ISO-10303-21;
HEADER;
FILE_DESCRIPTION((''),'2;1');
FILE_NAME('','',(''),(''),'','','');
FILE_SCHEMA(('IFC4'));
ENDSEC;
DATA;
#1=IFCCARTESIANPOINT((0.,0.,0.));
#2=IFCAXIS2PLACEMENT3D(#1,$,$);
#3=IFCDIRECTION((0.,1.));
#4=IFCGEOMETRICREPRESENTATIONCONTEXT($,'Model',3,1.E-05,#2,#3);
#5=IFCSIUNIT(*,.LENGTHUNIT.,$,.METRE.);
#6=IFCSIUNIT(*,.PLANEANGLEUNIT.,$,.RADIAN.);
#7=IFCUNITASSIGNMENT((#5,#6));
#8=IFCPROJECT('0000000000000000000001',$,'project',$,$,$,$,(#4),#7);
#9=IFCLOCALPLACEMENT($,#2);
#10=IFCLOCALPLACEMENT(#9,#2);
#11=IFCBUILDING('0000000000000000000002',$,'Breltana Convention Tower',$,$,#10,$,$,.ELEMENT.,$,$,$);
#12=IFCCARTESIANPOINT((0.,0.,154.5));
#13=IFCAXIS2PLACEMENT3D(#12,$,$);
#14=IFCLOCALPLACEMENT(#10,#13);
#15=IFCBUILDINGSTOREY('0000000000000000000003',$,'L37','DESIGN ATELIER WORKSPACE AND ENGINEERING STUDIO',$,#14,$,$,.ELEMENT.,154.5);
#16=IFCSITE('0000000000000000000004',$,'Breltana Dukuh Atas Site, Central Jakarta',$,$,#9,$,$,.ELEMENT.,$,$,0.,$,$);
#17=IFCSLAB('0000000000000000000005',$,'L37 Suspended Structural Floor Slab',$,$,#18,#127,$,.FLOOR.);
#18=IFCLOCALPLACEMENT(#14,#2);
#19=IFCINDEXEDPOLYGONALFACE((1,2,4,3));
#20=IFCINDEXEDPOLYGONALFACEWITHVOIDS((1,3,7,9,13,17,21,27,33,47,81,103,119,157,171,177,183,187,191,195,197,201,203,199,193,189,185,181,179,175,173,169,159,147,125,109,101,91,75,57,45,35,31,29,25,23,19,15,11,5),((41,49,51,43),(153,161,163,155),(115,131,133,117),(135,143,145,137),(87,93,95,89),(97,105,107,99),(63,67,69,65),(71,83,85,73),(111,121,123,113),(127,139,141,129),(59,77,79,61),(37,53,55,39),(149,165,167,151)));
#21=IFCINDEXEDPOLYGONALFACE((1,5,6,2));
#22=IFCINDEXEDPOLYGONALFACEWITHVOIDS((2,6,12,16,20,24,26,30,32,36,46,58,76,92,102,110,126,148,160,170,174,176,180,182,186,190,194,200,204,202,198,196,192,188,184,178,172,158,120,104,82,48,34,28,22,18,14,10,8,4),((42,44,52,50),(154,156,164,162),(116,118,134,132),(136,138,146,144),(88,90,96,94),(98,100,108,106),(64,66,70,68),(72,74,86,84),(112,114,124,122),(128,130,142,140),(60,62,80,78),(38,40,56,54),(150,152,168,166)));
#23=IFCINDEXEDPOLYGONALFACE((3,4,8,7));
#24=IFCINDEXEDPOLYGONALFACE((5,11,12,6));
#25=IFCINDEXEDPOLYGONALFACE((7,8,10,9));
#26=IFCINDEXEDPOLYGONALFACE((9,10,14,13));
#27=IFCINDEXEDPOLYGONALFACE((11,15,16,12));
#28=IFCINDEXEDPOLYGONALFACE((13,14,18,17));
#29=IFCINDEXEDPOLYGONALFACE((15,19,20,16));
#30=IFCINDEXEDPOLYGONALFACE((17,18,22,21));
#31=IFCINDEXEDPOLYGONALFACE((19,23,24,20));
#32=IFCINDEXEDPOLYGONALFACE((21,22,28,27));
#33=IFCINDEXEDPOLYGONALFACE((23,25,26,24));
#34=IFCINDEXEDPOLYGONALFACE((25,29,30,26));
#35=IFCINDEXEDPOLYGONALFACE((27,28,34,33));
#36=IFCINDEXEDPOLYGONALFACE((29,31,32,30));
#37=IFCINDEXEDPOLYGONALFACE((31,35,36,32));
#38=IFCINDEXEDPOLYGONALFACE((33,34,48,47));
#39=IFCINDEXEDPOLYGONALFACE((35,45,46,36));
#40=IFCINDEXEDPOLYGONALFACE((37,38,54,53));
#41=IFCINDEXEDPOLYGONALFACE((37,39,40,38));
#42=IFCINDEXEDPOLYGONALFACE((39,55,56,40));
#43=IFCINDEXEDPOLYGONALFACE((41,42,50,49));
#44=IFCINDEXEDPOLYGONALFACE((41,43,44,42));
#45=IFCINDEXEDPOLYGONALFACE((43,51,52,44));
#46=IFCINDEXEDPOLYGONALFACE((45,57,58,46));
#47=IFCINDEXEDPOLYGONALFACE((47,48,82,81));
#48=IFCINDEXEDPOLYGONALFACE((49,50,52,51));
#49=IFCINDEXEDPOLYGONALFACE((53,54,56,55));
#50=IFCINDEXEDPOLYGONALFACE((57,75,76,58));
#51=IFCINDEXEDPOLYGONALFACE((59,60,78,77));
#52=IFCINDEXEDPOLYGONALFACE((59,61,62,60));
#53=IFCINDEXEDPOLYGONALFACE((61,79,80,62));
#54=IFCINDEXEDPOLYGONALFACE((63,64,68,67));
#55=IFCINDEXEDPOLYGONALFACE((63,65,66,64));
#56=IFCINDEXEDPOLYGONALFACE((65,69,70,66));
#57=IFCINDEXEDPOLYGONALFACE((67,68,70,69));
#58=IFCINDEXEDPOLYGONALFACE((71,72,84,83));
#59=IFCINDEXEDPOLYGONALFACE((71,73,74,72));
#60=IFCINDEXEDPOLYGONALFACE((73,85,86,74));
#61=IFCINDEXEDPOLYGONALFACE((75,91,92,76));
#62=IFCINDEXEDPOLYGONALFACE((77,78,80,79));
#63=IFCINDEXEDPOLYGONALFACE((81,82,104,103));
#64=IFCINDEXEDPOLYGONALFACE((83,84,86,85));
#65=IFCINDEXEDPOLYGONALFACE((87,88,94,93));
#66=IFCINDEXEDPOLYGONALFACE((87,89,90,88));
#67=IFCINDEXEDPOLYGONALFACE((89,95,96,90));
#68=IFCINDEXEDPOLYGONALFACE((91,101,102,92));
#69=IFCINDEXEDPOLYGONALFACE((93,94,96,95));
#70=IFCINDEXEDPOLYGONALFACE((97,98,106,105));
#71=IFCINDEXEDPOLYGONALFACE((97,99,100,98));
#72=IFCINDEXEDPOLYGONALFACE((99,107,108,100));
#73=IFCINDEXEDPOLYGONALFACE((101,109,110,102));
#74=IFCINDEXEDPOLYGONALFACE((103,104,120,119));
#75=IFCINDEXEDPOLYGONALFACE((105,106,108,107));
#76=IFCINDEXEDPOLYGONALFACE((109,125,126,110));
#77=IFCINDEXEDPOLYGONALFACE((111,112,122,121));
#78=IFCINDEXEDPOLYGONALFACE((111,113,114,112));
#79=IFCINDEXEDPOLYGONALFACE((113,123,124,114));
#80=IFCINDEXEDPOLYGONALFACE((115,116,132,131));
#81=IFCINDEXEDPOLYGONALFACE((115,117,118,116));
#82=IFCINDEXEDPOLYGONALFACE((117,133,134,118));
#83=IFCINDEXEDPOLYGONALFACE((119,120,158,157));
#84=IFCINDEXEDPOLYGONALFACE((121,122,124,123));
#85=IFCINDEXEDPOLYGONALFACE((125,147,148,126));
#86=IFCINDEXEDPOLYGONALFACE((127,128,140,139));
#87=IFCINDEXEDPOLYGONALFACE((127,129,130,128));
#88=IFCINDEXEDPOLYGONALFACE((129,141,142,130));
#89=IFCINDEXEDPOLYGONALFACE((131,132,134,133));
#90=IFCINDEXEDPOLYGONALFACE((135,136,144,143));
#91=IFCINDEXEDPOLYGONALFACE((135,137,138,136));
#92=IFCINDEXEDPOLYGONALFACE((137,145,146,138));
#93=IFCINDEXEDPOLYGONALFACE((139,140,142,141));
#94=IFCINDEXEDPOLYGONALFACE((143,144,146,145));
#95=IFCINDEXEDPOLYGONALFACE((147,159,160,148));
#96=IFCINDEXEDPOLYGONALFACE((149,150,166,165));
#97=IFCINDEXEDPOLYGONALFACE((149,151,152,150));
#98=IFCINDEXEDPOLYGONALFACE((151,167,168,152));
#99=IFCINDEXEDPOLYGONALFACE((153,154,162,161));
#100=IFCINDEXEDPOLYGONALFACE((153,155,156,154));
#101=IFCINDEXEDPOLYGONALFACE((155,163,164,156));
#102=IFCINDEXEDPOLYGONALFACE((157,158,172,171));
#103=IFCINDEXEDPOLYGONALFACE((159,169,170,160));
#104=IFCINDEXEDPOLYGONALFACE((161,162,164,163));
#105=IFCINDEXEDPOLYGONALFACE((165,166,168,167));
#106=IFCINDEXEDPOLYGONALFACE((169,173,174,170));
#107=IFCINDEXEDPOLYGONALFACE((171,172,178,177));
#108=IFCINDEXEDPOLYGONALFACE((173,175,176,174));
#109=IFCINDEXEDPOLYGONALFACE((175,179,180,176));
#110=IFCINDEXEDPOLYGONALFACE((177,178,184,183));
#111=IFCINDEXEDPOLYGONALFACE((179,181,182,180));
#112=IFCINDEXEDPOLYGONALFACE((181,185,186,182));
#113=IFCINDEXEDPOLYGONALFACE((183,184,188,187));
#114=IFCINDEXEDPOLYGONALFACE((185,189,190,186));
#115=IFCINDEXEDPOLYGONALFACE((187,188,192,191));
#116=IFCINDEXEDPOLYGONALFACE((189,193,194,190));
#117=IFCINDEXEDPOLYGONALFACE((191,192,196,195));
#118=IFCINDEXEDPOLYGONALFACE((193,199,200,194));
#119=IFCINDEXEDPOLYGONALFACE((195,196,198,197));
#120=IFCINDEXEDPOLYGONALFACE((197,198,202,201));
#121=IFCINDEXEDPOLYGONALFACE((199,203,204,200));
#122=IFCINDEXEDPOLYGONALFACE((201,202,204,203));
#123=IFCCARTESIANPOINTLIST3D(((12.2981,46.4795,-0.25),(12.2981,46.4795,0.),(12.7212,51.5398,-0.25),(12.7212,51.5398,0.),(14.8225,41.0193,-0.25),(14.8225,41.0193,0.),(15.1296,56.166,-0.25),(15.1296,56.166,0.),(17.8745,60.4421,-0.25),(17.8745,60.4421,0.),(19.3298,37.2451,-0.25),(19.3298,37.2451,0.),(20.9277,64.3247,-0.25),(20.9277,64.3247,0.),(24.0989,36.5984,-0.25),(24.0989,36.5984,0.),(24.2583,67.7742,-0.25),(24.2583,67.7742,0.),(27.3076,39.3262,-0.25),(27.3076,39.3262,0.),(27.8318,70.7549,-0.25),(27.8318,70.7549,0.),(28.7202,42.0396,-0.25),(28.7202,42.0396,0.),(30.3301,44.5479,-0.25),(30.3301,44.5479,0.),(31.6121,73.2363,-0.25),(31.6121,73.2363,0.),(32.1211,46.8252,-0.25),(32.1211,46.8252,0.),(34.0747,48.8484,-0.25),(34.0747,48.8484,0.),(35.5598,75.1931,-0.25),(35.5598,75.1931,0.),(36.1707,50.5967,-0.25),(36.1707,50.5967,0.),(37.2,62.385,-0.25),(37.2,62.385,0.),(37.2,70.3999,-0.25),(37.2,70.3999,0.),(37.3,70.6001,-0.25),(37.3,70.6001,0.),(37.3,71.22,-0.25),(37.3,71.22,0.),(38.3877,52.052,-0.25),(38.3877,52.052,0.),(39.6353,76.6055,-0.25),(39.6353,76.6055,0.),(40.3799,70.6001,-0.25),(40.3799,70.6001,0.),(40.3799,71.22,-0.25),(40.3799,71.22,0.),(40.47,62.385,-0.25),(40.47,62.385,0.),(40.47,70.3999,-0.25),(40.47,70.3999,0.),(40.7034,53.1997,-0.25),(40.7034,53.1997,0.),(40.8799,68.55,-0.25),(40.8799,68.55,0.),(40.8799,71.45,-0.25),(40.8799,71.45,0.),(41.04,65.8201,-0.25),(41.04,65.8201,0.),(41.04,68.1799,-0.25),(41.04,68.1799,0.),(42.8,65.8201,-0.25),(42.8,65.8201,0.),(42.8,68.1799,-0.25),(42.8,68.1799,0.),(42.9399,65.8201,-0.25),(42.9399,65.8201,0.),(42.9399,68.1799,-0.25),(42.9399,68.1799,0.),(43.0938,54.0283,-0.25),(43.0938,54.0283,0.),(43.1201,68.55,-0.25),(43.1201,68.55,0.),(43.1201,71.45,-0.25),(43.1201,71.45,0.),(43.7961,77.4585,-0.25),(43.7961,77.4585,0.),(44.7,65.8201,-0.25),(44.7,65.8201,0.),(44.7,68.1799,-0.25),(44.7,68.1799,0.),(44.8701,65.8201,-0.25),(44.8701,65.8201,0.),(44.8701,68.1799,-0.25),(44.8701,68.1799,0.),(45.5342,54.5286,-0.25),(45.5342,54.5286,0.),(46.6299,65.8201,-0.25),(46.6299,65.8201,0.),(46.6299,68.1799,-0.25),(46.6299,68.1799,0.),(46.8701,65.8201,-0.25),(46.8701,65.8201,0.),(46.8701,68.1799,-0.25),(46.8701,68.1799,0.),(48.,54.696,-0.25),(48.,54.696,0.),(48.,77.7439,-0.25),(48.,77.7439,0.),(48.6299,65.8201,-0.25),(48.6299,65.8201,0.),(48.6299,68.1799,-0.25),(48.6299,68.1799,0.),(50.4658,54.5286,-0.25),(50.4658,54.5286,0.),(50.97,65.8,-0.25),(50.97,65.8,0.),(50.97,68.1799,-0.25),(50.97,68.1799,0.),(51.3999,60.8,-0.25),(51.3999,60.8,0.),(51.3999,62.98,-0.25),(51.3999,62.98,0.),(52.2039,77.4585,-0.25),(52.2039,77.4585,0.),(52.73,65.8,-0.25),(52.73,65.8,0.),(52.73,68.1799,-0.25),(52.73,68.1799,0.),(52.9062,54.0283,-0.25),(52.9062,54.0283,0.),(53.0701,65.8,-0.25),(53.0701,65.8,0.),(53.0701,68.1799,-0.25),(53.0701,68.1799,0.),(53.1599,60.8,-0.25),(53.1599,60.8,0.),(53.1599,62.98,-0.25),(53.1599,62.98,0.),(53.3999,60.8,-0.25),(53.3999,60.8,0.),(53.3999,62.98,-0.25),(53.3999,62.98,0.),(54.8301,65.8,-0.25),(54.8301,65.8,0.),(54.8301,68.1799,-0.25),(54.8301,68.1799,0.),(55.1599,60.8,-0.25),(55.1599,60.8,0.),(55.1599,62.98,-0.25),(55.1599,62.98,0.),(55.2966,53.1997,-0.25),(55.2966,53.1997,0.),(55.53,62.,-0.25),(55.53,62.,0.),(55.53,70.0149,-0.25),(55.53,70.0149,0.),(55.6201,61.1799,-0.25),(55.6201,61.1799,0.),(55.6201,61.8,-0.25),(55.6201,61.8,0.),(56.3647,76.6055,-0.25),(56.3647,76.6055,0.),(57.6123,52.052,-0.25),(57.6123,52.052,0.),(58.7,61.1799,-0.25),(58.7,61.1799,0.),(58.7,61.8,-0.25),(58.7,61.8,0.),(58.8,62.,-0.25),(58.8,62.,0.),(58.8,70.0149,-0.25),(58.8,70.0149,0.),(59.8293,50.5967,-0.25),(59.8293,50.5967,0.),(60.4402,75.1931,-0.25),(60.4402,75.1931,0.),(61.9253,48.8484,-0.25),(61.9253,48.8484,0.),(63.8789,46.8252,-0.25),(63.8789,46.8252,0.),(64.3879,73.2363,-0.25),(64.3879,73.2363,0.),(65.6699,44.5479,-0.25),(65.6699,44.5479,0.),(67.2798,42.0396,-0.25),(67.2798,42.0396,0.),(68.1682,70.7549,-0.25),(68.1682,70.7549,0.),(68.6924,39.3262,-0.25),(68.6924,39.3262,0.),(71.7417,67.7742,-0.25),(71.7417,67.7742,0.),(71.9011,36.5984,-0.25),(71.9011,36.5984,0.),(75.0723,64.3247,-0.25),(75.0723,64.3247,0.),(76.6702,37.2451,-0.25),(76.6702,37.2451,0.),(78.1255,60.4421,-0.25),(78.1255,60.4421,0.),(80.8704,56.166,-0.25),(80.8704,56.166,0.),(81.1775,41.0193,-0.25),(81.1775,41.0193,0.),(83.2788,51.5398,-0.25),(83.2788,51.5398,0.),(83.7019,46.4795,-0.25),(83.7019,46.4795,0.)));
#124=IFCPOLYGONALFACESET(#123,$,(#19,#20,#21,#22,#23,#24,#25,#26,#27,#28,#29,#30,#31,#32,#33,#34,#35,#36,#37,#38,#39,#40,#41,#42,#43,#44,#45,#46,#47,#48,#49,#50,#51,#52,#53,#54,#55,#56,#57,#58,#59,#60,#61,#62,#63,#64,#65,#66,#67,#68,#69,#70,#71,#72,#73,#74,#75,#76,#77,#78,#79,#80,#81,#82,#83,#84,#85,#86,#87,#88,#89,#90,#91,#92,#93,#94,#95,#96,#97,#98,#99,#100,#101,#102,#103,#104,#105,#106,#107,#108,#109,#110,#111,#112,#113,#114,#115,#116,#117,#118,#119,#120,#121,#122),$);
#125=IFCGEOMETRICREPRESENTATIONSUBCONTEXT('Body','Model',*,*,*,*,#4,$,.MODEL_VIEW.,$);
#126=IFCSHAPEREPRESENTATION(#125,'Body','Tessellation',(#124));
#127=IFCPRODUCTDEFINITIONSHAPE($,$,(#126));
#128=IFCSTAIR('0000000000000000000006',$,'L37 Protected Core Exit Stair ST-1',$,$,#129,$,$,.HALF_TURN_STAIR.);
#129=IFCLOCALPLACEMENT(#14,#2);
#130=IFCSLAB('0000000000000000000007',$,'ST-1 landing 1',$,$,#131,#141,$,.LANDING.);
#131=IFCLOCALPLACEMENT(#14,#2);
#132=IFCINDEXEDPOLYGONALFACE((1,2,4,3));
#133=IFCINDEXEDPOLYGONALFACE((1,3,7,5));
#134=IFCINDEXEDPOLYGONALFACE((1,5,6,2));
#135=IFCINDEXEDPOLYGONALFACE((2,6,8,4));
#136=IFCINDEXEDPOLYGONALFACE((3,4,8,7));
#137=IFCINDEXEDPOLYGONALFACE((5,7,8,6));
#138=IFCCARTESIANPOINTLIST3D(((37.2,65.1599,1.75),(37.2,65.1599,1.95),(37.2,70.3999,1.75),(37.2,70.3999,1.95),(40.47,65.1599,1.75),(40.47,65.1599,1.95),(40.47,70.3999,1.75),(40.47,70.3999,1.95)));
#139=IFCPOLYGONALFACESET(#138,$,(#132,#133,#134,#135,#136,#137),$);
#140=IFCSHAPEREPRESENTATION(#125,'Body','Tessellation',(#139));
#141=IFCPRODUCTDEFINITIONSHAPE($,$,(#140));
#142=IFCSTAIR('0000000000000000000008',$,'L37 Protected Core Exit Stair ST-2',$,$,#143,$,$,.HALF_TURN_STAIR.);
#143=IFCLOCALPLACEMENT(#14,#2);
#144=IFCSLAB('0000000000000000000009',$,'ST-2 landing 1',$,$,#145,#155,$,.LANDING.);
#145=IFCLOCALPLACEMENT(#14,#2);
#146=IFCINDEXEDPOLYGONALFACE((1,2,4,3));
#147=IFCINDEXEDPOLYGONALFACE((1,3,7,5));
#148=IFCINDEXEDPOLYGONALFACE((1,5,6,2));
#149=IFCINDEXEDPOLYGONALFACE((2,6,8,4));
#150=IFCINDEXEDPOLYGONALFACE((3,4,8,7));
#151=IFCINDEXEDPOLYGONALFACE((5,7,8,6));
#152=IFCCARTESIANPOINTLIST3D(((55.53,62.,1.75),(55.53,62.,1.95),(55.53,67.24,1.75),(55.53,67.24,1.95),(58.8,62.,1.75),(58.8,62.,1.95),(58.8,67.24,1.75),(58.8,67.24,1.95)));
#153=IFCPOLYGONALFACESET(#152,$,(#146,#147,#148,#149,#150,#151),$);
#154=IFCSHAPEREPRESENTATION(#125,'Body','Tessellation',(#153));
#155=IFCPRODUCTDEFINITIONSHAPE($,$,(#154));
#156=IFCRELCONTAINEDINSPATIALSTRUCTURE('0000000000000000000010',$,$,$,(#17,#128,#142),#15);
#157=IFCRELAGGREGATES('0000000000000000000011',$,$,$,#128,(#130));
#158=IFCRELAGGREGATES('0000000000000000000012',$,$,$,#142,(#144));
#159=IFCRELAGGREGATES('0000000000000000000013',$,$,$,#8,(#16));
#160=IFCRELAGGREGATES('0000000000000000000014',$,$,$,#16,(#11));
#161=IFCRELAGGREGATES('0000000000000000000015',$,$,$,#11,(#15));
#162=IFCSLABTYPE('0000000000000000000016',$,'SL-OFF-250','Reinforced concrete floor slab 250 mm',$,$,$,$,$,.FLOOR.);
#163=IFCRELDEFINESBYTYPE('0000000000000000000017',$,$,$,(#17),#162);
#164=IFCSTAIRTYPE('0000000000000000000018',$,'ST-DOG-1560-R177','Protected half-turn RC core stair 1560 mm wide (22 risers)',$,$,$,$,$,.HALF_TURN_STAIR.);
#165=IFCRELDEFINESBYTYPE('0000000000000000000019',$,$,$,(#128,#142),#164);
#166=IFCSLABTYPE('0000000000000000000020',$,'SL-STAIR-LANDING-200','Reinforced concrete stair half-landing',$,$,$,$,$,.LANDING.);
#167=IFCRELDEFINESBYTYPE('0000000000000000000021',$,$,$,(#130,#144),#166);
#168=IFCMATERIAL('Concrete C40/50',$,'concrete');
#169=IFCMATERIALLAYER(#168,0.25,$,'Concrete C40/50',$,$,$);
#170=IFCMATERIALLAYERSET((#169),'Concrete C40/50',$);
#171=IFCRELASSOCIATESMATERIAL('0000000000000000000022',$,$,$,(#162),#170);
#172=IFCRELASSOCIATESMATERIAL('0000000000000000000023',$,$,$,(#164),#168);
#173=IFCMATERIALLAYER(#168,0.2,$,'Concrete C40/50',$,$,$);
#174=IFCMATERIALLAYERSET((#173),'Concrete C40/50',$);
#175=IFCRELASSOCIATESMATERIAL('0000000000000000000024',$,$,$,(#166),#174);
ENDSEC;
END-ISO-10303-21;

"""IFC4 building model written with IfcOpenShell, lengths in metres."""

from ifc_helpers import new_model, si_unit, direction, frame, origin, place, context, subcontext, project, spatial, polyline, outline, extrude, material, layer, layer_set, type_object, element, aggregate, save


model = new_model("IFC4")

# Units and contexts
model_context = context("Model", 3, precision=1e-05, world=origin(), true_north=direction((0.0, 1.0)))
body_context = subcontext(model_context, "Body", "Model", "MODEL_VIEW")
ifc_project = project(units=[si_unit("LENGTHUNIT", "METRE"), si_unit("PLANEANGLEUNIT", "RADIAN")], contexts=[model_context])

# Site, building, storey
site_placement = place(None, origin())
site = spatial("IfcSite", under=ifc_project, at=site_placement, Name="Breltana Dukuh Atas Site, Central Jakarta", CompositionType="ELEMENT", RefElevation=0.0)
building_placement = place(site_placement, origin())
building = spatial("IfcBuilding", under=site, at=building_placement, Name="Breltana Convention Tower", CompositionType="ELEMENT")
storey_placement = place(building_placement, frame((0.0, 0.0, 154.5)))
storey = spatial("IfcBuildingStorey", under=building, at=storey_placement, Name="L37", Description="DESIGN ATELIER WORKSPACE AND ENGINEERING STUDIO", CompositionType="ELEMENT", Elevation=154.5)

# Slab
ifc_material_1 = material(Name="Concrete C40/50", Category="concrete")
ifc_layer_1 = layer(ifc_material_1, 0.25, Name="Concrete C40/50")
ifc_layer_set_1 = layer_set([ifc_layer_1], Name="Concrete C40/50")
slab_type_1 = type_object("IfcSlabType", Name="SL-OFF-250", Description="Reinforced concrete floor slab 250 mm", PredefinedType="FLOOR", material=ifc_layer_set_1)
slab_1_placement = place(storey_placement, frame((0.0, 0.0, -0.25)))
element("IfcSlab", 1, at=slab_1_placement, inside=storey, type_object=slab_type_1, Name="L37 Suspended Structural Floor Slab", PredefinedType="FLOOR", context=body_context, shape_type="SweptSolid", body=[
    extrude(outline(polyline([(83.2788, 51.5398), (80.8704, 56.166), (78.1255, 60.4421), (75.0723, 64.3247), (71.7417, 67.7742), (68.1682, 70.7549), (64.3879, 73.2363), (60.4402, 75.1931), (56.3647, 76.6055), (52.2039, 77.4585), (48.0, 77.7439), (43.7961, 77.4585), (39.6353, 76.6055), (35.5598, 75.1931), (31.6121, 73.2363), (27.8318, 70.7549), (24.2583, 67.7742), (20.9277, 64.3247), (17.8745, 60.4421), (15.1296, 56.166), (12.7212, 51.5398), (12.2981, 46.4795), (14.8225, 41.0193), (19.3298, 37.2451), (24.0989, 36.5984), (27.3076, 39.3262), (28.7202, 42.0396), (30.3301, 44.5479), (32.1211, 46.8252), (34.0747, 48.8484), (36.1707, 50.5967), (38.3877, 52.052), (40.7034, 53.1997), (43.0938, 54.0283), (45.5342, 54.5286), (48.0, 54.696), (50.4658, 54.5286), (52.9062, 54.0283), (55.2966, 53.1997), (57.6123, 52.052), (59.8293, 50.5967), (61.9253, 48.8484), (63.8789, 46.8252), (65.6699, 44.5479), (67.2798, 42.0396), (68.6924, 39.3262), (71.9011, 36.5984), (76.6702, 37.2451), (81.1775, 41.0193), (83.7019, 46.4795), (83.2788, 51.5398)]), holes=[polyline([(37.2, 62.385), (40.47, 62.385), (40.47, 70.3999), (37.2, 70.3999), (37.2, 62.385)]), polyline([(55.53, 62.0), (58.8, 62.0), (58.8, 70.0149), (55.53, 70.0149), (55.53, 62.0)]), polyline([(51.3999, 60.8), (53.1599, 60.8), (53.1599, 62.98), (51.3999, 62.98), (51.3999, 60.8)]), polyline([(53.3999, 60.8), (55.1599, 60.8), (55.1599, 62.98), (53.3999, 62.98), (53.3999, 60.8)]), polyline([(41.04, 65.8201), (42.8, 65.8201), (42.8, 68.1799), (41.04, 68.1799), (41.04, 65.8201)]), polyline([(42.9399, 65.8201), (44.7, 65.8201), (44.7, 68.1799), (42.9399, 68.1799), (42.9399, 65.8201)]), polyline([(44.8701, 65.8201), (46.6299, 65.8201), (46.6299, 68.1799), (44.8701, 68.1799), (44.8701, 65.8201)]), polyline([(46.8701, 65.8201), (48.6299, 65.8201), (48.6299, 68.1799), (46.8701, 68.1799), (46.8701, 65.8201)]), polyline([(50.97, 65.8), (52.73, 65.8), (52.73, 68.1799), (50.97, 68.1799), (50.97, 65.8)]), polyline([(53.0701, 65.8), (54.8301, 65.8), (54.8301, 68.1799), (53.0701, 68.1799), (53.0701, 65.8)]), polyline([(40.8799, 68.55), (43.1201, 68.55), (43.1201, 71.45), (40.8799, 71.45), (40.8799, 68.55)]), polyline([(37.3, 70.6001), (40.3799, 70.6001), (40.3799, 71.22), (37.3, 71.22), (37.3, 70.6001)]), polyline([(55.6201, 61.1799), (58.7, 61.1799), (58.7, 61.8), (55.6201, 61.8), (55.6201, 61.1799)])]), origin(), (0.0, 0.0, 1.0), 0.25),
])

# Stairs, slabs
stair_type = type_object("IfcStairType", Name="ST-DOG-1560-R177", Description="Protected half-turn RC core stair 1560 mm wide (22 risers)", PredefinedType="HALF_TURN_STAIR", material=ifc_material_1)
stair_1_placement = place(storey_placement, origin())
stair_1 = element("IfcStair", 2, at=stair_1_placement, inside=storey, type_object=stair_type, Name="L37 Protected Core Exit Stair ST-1", PredefinedType="HALF_TURN_STAIR")
ifc_layer_2 = layer(ifc_material_1, 0.2, Name="Concrete C40/50")
ifc_layer_set_2 = layer_set([ifc_layer_2], Name="Concrete C40/50")
slab_type_2 = type_object("IfcSlabType", Name="SL-STAIR-LANDING-200", Description="Reinforced concrete stair half-landing", PredefinedType="LANDING", material=ifc_layer_set_2)
slab_2_placement = place(storey_placement, frame((0.0, 0.0, 1.75)))
slab_2 = element("IfcSlab", 3, at=slab_2_placement, type_object=slab_type_2, Name="ST-1 landing 1", PredefinedType="LANDING", context=body_context, shape_type="SweptSolid", body=[
    extrude(outline(polyline([(40.47, 65.1599), (40.47, 70.3999), (37.2, 70.3999), (37.2, 65.1599), (40.47, 65.1599)])), origin(), (0.0, 0.0, 1.0), 0.2),
])
aggregate(stair_1, [slab_2])
stair_2_placement = place(storey_placement, origin())
stair_2 = element("IfcStair", 4, at=stair_2_placement, inside=storey, type_object=stair_type, Name="L37 Protected Core Exit Stair ST-2", PredefinedType="HALF_TURN_STAIR")
slab_3_placement = place(storey_placement, frame((0.0, 0.0, 1.75)))
slab_3 = element("IfcSlab", 5, at=slab_3_placement, type_object=slab_type_2, Name="ST-2 landing 1", PredefinedType="LANDING", context=body_context, shape_type="SweptSolid", body=[
    extrude(outline(polyline([(55.53, 67.24), (55.53, 62.0), (58.8, 62.0), (58.8, 67.24), (55.53, 67.24)])), origin(), (0.0, 0.0, 1.0), 0.2),
])
aggregate(stair_2, [slab_3])

save(model, "model.ifc")
